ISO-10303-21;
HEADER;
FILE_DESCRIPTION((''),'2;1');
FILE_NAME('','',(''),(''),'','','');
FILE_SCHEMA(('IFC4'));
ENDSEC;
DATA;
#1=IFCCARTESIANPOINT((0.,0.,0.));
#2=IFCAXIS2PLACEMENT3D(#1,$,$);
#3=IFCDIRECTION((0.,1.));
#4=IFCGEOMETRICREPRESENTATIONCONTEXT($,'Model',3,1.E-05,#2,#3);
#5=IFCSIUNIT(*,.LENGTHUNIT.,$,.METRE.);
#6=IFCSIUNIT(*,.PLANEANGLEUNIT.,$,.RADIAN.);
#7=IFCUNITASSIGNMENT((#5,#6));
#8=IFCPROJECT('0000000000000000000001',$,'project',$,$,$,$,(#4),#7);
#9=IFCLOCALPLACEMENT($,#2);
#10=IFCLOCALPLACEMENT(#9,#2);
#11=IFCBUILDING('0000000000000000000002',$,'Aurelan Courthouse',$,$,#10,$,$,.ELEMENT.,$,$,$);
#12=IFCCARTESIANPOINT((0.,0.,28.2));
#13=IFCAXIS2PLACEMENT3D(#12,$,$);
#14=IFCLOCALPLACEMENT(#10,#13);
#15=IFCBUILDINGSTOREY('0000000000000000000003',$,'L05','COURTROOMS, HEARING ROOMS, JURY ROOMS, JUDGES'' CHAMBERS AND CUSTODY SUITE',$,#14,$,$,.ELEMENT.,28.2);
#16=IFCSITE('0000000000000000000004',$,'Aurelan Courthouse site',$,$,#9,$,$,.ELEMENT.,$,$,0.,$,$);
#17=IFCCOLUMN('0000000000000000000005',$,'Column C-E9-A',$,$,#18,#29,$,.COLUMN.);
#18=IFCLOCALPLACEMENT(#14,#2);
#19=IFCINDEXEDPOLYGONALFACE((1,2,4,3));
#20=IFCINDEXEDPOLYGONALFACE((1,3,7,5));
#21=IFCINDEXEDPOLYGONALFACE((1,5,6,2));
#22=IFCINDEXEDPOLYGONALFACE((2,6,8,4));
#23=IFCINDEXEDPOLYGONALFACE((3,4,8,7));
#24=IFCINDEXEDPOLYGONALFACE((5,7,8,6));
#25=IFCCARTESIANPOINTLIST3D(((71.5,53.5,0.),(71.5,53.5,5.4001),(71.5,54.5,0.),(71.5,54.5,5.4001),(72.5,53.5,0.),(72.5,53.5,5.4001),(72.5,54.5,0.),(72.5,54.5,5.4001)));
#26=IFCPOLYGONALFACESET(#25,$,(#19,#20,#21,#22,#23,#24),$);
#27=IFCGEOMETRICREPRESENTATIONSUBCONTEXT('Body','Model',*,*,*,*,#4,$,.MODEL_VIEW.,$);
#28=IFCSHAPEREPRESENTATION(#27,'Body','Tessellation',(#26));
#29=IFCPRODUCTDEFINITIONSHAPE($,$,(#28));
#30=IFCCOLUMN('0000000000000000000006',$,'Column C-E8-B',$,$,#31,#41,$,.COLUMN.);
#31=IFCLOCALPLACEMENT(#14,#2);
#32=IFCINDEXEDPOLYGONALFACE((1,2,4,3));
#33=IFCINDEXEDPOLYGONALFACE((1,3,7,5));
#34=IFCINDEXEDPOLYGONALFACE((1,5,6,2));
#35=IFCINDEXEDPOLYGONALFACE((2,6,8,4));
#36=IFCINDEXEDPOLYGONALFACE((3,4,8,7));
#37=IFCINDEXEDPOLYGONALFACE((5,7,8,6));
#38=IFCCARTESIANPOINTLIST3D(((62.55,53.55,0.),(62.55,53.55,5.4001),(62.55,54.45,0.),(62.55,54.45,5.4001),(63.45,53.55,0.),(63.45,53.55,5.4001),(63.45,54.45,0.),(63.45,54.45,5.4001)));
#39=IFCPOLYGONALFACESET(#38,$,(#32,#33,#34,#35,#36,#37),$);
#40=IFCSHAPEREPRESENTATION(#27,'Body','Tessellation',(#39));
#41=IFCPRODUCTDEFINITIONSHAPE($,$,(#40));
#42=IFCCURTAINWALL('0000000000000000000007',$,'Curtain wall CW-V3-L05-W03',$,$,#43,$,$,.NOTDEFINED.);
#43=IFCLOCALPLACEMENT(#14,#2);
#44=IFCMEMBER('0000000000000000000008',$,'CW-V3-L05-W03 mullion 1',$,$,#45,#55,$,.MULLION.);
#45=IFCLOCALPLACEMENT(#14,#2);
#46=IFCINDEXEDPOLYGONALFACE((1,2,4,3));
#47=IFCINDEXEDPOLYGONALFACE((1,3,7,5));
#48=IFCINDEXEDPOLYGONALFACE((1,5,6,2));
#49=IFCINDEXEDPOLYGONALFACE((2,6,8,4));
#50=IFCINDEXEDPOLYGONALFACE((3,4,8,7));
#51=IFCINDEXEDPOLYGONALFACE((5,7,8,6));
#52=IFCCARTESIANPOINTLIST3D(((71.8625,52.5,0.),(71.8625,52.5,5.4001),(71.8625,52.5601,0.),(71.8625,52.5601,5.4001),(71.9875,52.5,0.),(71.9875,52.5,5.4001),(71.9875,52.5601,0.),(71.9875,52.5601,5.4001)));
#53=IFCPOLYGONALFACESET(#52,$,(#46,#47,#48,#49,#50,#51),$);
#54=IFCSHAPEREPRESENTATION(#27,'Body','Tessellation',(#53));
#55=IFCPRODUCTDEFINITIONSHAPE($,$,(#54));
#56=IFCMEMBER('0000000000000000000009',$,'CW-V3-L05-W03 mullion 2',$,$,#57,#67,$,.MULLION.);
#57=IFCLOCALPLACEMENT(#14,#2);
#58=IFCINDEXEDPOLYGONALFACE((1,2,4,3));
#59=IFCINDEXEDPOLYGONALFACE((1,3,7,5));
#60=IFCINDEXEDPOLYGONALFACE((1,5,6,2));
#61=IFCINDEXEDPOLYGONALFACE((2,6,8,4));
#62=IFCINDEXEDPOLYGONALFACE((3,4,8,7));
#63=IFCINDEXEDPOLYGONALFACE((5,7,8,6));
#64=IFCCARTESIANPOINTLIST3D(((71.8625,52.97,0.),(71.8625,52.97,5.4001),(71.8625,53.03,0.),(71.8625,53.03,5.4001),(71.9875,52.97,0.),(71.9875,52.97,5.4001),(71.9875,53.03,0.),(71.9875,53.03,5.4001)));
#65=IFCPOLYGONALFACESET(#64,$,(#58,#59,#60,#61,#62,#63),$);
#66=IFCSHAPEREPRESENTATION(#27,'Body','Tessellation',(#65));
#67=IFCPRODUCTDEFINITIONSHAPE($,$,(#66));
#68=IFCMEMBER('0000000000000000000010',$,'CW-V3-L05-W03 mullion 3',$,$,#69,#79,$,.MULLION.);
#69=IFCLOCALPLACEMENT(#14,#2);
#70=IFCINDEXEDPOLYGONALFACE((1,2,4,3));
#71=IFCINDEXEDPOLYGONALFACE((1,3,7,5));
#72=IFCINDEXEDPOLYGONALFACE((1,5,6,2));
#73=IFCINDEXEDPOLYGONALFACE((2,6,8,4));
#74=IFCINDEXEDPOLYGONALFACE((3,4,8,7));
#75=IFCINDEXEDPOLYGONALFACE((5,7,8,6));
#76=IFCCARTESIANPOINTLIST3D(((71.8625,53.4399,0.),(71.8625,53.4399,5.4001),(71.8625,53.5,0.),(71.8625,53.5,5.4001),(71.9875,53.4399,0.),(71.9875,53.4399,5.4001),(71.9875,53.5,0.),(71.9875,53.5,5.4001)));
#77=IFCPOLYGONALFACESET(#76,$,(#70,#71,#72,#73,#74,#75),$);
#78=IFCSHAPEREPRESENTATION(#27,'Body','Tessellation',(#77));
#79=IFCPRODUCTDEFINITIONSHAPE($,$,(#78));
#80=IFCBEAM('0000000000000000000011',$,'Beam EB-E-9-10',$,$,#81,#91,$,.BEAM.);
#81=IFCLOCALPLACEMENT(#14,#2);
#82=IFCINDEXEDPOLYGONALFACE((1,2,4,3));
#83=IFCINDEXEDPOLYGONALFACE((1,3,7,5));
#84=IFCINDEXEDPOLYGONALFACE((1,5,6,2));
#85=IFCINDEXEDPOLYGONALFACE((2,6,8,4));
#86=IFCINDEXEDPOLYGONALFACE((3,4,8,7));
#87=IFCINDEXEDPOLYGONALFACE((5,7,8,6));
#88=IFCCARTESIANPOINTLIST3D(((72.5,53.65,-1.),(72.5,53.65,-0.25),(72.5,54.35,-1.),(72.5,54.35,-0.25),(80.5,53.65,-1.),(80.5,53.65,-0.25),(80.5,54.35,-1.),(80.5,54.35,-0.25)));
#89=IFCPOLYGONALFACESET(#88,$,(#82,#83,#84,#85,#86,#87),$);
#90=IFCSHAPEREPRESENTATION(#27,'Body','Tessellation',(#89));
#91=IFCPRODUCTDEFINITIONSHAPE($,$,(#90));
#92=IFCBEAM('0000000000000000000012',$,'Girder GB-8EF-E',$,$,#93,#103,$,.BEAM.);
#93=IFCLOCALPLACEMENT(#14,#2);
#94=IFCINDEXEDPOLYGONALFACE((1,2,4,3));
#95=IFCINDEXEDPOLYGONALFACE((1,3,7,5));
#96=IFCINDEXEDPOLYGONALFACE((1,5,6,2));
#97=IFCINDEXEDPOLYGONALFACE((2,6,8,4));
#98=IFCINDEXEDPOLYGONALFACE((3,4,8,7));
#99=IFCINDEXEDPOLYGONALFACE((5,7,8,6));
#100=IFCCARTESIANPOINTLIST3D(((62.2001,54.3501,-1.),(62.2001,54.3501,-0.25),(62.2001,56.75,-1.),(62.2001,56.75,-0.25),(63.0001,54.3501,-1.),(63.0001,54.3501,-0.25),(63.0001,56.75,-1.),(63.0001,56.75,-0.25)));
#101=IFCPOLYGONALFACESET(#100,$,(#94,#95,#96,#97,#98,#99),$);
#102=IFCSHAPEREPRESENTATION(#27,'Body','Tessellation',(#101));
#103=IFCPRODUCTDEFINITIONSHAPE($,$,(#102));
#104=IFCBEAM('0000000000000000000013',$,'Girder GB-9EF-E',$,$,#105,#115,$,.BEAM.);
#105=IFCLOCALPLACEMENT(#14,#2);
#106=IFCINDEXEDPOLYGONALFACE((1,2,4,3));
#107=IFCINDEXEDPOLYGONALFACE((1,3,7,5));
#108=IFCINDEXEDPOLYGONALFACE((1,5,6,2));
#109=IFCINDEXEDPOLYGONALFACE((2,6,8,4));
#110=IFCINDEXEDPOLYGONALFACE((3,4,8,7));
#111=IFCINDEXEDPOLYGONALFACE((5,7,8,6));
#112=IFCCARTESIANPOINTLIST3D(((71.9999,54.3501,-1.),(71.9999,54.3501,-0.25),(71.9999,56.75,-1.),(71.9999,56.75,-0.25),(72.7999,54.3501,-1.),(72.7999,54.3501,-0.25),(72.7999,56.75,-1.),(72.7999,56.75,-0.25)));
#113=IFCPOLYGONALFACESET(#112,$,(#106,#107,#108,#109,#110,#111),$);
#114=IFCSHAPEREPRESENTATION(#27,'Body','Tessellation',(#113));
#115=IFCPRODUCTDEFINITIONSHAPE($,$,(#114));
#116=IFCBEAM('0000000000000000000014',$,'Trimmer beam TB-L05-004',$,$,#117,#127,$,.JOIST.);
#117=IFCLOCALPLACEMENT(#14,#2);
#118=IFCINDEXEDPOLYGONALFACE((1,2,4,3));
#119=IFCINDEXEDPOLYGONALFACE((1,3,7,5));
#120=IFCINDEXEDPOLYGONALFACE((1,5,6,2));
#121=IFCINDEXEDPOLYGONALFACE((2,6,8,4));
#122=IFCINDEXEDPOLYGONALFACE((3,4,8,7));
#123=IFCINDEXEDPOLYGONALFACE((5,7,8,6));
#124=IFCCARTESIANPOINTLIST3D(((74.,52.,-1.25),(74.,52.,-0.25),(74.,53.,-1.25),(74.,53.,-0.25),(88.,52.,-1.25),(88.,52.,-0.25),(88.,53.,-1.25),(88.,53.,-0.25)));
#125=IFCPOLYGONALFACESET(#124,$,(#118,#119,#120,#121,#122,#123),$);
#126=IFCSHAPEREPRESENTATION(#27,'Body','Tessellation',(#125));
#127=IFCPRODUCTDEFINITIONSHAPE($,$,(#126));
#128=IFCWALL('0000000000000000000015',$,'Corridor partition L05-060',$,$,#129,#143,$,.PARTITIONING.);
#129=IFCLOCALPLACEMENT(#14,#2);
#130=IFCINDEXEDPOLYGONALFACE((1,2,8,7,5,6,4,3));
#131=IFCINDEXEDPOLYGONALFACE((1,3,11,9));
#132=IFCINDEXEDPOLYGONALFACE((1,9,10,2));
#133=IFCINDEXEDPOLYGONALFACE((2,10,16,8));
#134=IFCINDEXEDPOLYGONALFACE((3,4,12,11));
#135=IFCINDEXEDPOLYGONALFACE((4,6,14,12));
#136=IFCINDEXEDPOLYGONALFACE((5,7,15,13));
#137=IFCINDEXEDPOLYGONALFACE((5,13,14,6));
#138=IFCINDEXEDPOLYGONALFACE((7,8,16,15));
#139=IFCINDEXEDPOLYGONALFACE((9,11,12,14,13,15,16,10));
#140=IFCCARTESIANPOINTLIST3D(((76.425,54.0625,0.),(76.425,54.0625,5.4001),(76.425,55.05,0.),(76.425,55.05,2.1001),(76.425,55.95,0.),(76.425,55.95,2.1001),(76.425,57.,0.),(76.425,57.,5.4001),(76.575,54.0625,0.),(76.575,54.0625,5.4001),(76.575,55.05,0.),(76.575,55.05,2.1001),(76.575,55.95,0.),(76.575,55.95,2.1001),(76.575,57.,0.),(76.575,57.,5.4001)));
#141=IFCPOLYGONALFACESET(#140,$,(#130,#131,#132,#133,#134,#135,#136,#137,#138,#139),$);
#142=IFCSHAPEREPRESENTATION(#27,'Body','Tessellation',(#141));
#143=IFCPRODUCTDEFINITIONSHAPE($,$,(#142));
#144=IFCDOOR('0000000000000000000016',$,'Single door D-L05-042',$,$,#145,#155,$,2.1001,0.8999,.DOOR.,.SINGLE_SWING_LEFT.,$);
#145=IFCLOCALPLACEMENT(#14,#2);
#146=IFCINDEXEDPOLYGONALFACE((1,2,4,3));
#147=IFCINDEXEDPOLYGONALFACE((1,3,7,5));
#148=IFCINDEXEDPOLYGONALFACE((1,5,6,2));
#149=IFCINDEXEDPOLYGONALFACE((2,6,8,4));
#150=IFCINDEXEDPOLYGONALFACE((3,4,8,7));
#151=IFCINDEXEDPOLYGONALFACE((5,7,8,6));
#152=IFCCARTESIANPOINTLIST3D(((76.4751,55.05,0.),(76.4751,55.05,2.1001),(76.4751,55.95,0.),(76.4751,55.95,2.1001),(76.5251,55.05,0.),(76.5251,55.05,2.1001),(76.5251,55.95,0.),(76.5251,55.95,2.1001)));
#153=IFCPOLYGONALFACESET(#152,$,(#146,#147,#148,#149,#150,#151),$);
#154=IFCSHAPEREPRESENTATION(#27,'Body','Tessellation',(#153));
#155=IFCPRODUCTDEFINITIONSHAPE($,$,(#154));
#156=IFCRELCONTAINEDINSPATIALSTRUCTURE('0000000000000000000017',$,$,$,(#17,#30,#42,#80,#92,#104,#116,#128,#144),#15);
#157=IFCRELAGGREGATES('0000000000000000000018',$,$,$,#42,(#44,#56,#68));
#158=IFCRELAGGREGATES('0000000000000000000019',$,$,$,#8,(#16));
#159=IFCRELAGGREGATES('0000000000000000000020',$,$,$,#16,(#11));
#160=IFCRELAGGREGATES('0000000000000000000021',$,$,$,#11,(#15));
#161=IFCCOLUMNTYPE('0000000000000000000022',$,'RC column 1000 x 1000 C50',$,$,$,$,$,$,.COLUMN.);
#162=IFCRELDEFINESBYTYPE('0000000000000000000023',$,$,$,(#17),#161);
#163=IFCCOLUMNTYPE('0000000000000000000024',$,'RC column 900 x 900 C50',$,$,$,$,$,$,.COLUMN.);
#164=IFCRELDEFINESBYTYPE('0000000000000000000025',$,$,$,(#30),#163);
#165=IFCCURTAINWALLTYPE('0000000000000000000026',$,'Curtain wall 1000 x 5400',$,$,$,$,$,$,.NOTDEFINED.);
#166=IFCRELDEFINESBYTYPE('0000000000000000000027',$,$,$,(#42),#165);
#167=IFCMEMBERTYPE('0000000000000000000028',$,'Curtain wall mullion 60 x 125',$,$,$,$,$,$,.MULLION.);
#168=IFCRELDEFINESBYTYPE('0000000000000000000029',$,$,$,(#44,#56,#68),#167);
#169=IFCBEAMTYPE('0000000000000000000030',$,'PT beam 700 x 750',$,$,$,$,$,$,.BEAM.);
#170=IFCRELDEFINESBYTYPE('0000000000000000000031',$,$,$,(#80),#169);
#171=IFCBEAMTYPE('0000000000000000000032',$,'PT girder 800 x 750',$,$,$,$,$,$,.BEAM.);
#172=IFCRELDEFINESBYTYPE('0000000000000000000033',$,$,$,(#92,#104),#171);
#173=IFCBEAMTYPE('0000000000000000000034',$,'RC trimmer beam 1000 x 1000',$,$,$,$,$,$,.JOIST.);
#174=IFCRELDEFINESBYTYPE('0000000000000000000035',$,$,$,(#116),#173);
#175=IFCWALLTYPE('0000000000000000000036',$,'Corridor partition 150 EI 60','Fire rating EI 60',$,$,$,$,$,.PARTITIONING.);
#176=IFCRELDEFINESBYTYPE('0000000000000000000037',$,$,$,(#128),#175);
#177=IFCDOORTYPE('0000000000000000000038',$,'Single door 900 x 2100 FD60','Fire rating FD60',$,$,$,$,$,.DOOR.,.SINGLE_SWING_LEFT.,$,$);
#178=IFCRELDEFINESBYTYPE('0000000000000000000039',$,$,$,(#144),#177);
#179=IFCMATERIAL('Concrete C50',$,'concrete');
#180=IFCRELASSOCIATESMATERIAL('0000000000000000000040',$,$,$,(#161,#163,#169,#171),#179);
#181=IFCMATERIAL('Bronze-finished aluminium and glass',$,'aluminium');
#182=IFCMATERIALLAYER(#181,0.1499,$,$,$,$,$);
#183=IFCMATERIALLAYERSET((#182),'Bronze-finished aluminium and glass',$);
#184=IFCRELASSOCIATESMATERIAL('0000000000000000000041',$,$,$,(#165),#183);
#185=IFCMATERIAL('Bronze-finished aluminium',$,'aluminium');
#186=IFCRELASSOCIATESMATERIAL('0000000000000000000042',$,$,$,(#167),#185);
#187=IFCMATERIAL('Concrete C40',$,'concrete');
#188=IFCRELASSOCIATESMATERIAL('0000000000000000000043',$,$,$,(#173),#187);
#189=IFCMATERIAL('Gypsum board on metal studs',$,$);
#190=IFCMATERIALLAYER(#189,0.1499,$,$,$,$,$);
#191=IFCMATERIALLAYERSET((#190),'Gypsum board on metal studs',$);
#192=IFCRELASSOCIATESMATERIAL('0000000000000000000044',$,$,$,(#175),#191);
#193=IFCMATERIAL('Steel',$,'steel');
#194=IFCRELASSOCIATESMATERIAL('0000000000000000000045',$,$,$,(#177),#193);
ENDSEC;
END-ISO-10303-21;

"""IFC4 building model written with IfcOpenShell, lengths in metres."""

from ifc_helpers import new_model, si_unit, direction, frame, frame_2d, origin, origin_2d, place, context, subcontext, project, spatial, rectangle, extrude, material, layer, layer_set, material_profile, profile_set, type_object, element, fill, aggregate, save


model = new_model("IFC4")

# Units and contexts
model_context = context("Model", 3, precision=1e-05, world=origin(), true_north=direction((0.0, 1.0)))
body_context = subcontext(model_context, "Body", "Model", "MODEL_VIEW")
ifc_project = project(units=[si_unit("LENGTHUNIT", "METRE"), si_unit("PLANEANGLEUNIT", "RADIAN")], contexts=[model_context])

# Site, building, storey
site_placement = place(None, origin())
site = spatial("IfcSite", under=ifc_project, at=site_placement, Name="Aurelan Courthouse site", CompositionType="ELEMENT", RefElevation=0.0)
building_placement = place(site_placement, origin())
building = spatial("IfcBuilding", under=site, at=building_placement, Name="Aurelan Courthouse", CompositionType="ELEMENT")
storey_placement = place(building_placement, frame((0.0, 0.0, 28.2)))
storey = spatial("IfcBuildingStorey", under=building, at=storey_placement, Name="L05", Description="COURTROOMS, HEARING ROOMS, JURY ROOMS, JUDGES' CHAMBERS AND CUSTODY SUITE", CompositionType="ELEMENT", Elevation=28.2)

# Columns
ifc_material_1 = material(Name="Concrete C50", Category="concrete")
ifc_material_profile_1 = material_profile(ifc_material_1, rectangle(XDim=1.0, YDim=1.0, at=origin_2d()), Name="RC 1000 x 1000")
ifc_profile_set_1 = profile_set([ifc_material_profile_1], Name="Concrete C50")
column_type_1 = type_object("IfcColumnType", Name="RC column 1000 x 1000 C50", PredefinedType="COLUMN", material=ifc_profile_set_1)
column_1_placement = place(storey_placement, frame((72.0, 54.0, 0.0), z_axis=(0.0, 0.0, 1.0), x_axis=(1.0, 0.0, 0.0)))
element("IfcColumn", 1, at=column_1_placement, inside=storey, type_object=column_type_1, Name="Column C-E9-A", PredefinedType="COLUMN", context=body_context, shape_type="SweptSolid", body=[
    extrude(rectangle(XDim=1.0, YDim=1.0, at=origin_2d()), origin(), (0.0, 0.0, 1.0), 5.4001),
])
ifc_material_profile_2 = material_profile(ifc_material_1, rectangle(XDim=0.8999, YDim=0.8999, at=origin_2d()), Name="RC 900 x 900")
ifc_profile_set_2 = profile_set([ifc_material_profile_2], Name="Concrete C50")
column_type_2 = type_object("IfcColumnType", Name="RC column 900 x 900 C50", PredefinedType="COLUMN", material=ifc_profile_set_2)
column_2_placement = place(storey_placement, frame((63.0, 54.0, 0.0), z_axis=(0.0, 0.0, 1.0), x_axis=(1.0, 0.0, 0.0)))
element("IfcColumn", 2, at=column_2_placement, inside=storey, type_object=column_type_2, Name="Column C-E8-B", PredefinedType="COLUMN", context=body_context, shape_type="SweptSolid", body=[
    extrude(rectangle(XDim=0.8999, YDim=0.8999, at=origin_2d()), origin(), (0.0, 0.0, 1.0), 5.4001),
])

# Curtain wall, members
ifc_material_2 = material(Name="Bronze-finished aluminium and glass", Category="aluminium")
ifc_layer_1 = layer(ifc_material_2, 0.1499)
ifc_layer_set_1 = layer_set([ifc_layer_1], Name="Bronze-finished aluminium and glass")
curtain_wall_type = type_object("IfcCurtainWallType", Name="Curtain wall 1000 x 5400", PredefinedType="NOTDEFINED", material=ifc_layer_set_1)
curtain_wall_placement = place(storey_placement, origin())
curtain_wall = element("IfcCurtainWall", 3, at=curtain_wall_placement, inside=storey, type_object=curtain_wall_type, Name="Curtain wall CW-V3-L05-W03", PredefinedType="NOTDEFINED")
ifc_material_3 = material(Name="Bronze-finished aluminium", Category="aluminium")
ifc_material_profile_3 = material_profile(ifc_material_3, rectangle(XDim=0.125, YDim=0.0601, at=origin_2d()), Name="Bronze mullion 60 x 125")
ifc_profile_set_3 = profile_set([ifc_material_profile_3], Name="Bronze-finished aluminium")
member_type = type_object("IfcMemberType", Name="Curtain wall mullion 60 x 125", PredefinedType="MULLION", material=ifc_profile_set_3)
member_1_placement = place(storey_placement, frame((71.925, 52.53, 0.0), z_axis=(0.0, 0.0, 1.0), x_axis=(-1.0, 0.0, 0.0)))
member_1 = element("IfcMember", 4, at=member_1_placement, type_object=member_type, Name="CW-V3-L05-W03 mullion 1", PredefinedType="MULLION", context=body_context, shape_type="SweptSolid", body=[
    extrude(rectangle(XDim=0.125, YDim=0.0601, at=origin_2d()), origin(), (0.0, 0.0, 1.0), 5.4001),
])
member_2_placement = place(storey_placement, frame((71.925, 53.0, 0.0), z_axis=(0.0, 0.0, 1.0), x_axis=(-1.0, 0.0, 0.0)))
member_2 = element("IfcMember", 5, at=member_2_placement, type_object=member_type, Name="CW-V3-L05-W03 mullion 2", PredefinedType="MULLION", context=body_context, shape_type="SweptSolid", body=[
    extrude(rectangle(XDim=0.125, YDim=0.0601, at=origin_2d()), origin(), (0.0, 0.0, 1.0), 5.4001),
])
member_3_placement = place(storey_placement, frame((71.925, 53.47, 0.0), z_axis=(0.0, 0.0, 1.0), x_axis=(-1.0, 0.0, 0.0)))
member_3 = element("IfcMember", 6, at=member_3_placement, type_object=member_type, Name="CW-V3-L05-W03 mullion 3", PredefinedType="MULLION", context=body_context, shape_type="SweptSolid", body=[
    extrude(rectangle(XDim=0.125, YDim=0.0601, at=origin_2d()), origin(), (0.0, 0.0, 1.0), 5.4001),
])
aggregate(curtain_wall, [member_1, member_2, member_3])

# Beams
ifc_material_profile_4 = material_profile(ifc_material_1, rectangle(XDim=0.7, YDim=0.75, at=origin_2d()), Name="RC 700 x 750")
ifc_profile_set_4 = profile_set([ifc_material_profile_4], Name="Concrete C50")
beam_type_1 = type_object("IfcBeamType", Name="PT beam 700 x 750", PredefinedType="BEAM", material=ifc_profile_set_4)
beam_1_placement = place(storey_placement, frame((72.5, 54.0, -0.625), z_axis=(1.0, 0.0, 0.0), x_axis=(0.0, 1.0, 0.0)))
element("IfcBeam", 7, at=beam_1_placement, inside=storey, type_object=beam_type_1, Name="Beam EB-E-9-10", PredefinedType="BEAM", context=body_context, shape_type="SweptSolid", body=[
    extrude(rectangle(XDim=0.7, YDim=0.75, at=origin_2d()), origin(), (0.0, 0.0, 1.0), 8.0),
])
ifc_material_profile_5 = material_profile(ifc_material_1, rectangle(XDim=0.8, YDim=0.75, at=origin_2d()), Name="RC 800 x 750")
ifc_profile_set_5 = profile_set([ifc_material_profile_5], Name="Concrete C50")
beam_type_2 = type_object("IfcBeamType", Name="PT girder 800 x 750", PredefinedType="BEAM", material=ifc_profile_set_5)
for number, where, z_axis, x_axis, name in (
    (8, (62.6001, 54.3501, -0.625), (0.0, 1.0, 0.0), (-1.0, 0.0, 0.0), "Girder GB-8EF-E"),
    (9, (72.3999, 54.3501, -0.625), (0.0, 1.0, 0.0), (-1.0, 0.0, 0.0), "Girder GB-9EF-E"),
):
    element("IfcBeam", number, at=place(storey_placement, frame(where, z_axis=z_axis, x_axis=x_axis)), inside=storey, type_object=beam_type_2, Name=name, PredefinedType="BEAM", context=body_context, shape_type="SweptSolid", body=[
        extrude(rectangle(XDim=0.8, YDim=0.75, at=origin_2d()), origin(), (0.0, 0.0, 1.0), 2.3999),
    ])
ifc_material_4 = material(Name="Concrete C40", Category="concrete")
ifc_material_profile_6 = material_profile(ifc_material_4, rectangle(XDim=1.0, YDim=1.0, at=origin_2d()), Name="RC 1000 x 1000")
ifc_profile_set_6 = profile_set([ifc_material_profile_6], Name="Concrete C40")
beam_type_3 = type_object("IfcBeamType", Name="RC trimmer beam 1000 x 1000", PredefinedType="JOIST", material=ifc_profile_set_6)
beam_2_placement = place(storey_placement, frame((74.0, 52.5, -0.75), z_axis=(1.0, 0.0, 0.0), x_axis=(0.0, 1.0, 0.0)))
element("IfcBeam", 10, at=beam_2_placement, inside=storey, type_object=beam_type_3, Name="Trimmer beam TB-L05-004", PredefinedType="JOIST", context=body_context, shape_type="SweptSolid", body=[
    extrude(rectangle(XDim=1.0, YDim=1.0, at=origin_2d()), origin(), (0.0, 0.0, 1.0), 14.0),
])

# Wall, opening, door
ifc_material_5 = material(Name="Gypsum board on metal studs")
ifc_layer_2 = layer(ifc_material_5, 0.1499)
ifc_layer_set_2 = layer_set([ifc_layer_2], Name="Gypsum board on metal studs")
wall_type_1 = type_object("IfcWallType", Name="Corridor partition 150 EI 60", Description="Fire rating EI 60", PredefinedType="PARTITIONING", material=ifc_layer_set_2)
ifc_material_6 = material(Name="Steel", Category="steel")
wall_1_placement = place(storey_placement, frame((76.5, 54.0625, 0.0), z_axis=(0.0, 0.0, 1.0), x_axis=(0.0, 1.0, 0.0)))
wall_1 = element("IfcWall", 11, at=wall_1_placement, inside=storey, type_object=wall_type_1, Name="Corridor partition L05-060", PredefinedType="PARTITIONING", context=body_context, shape_type="SweptSolid", body=[
    extrude(rectangle(XDim=2.9375, YDim=0.1499, at=frame_2d((1.4688, 0.0))), origin(), (0.0, 0.0, 1.0), 5.4001),
])
opening_1_placement = place(wall_1_placement, frame((0.9875, 0.0, 0.0)))
opening_1 = element("IfcOpeningElement", 12, at=opening_1_placement, cuts=wall_1, PredefinedType="OPENING", context=body_context, shape_type="SweptSolid", body=[
    extrude(rectangle(XDim=0.8999, YDim=2.1001, at=frame_2d((0.45, 1.05))), frame((0.0, 0.085, 0.0), z_axis=(0.0, -1.0, 0.0), x_axis=(1.0, 0.0, 0.0)), (0.0, 0.0, 1.0), 0.1699),
])
door_type_1 = type_object("IfcDoorType", Name="Single door 900 x 2100 FD60", Description="Fire rating FD60", OperationType="SINGLE_SWING_LEFT", PredefinedType="DOOR", material=ifc_material_6)
door_1_placement = place(opening_1_placement, origin())
door_1 = element("IfcDoor", 13, at=door_1_placement, inside=storey, type_object=door_type_1, Name="Single door D-L05-042", OperationType="SINGLE_SWING_LEFT", OverallHeight=2.1001, OverallWidth=0.8999, PredefinedType="DOOR", context=body_context, shape_type="SweptSolid", body=[
    extrude(rectangle(XDim=0.8999, YDim=2.1001, at=frame_2d((0.45, 1.05))), frame((0.0, 0.0249, 0.0), z_axis=(0.0, -1.0, 0.0), x_axis=(1.0, 0.0, 0.0)), (0.0, 0.0, 1.0), 0.05),
])
fill(opening_1, door_1)

save(model, "model.ifc")
